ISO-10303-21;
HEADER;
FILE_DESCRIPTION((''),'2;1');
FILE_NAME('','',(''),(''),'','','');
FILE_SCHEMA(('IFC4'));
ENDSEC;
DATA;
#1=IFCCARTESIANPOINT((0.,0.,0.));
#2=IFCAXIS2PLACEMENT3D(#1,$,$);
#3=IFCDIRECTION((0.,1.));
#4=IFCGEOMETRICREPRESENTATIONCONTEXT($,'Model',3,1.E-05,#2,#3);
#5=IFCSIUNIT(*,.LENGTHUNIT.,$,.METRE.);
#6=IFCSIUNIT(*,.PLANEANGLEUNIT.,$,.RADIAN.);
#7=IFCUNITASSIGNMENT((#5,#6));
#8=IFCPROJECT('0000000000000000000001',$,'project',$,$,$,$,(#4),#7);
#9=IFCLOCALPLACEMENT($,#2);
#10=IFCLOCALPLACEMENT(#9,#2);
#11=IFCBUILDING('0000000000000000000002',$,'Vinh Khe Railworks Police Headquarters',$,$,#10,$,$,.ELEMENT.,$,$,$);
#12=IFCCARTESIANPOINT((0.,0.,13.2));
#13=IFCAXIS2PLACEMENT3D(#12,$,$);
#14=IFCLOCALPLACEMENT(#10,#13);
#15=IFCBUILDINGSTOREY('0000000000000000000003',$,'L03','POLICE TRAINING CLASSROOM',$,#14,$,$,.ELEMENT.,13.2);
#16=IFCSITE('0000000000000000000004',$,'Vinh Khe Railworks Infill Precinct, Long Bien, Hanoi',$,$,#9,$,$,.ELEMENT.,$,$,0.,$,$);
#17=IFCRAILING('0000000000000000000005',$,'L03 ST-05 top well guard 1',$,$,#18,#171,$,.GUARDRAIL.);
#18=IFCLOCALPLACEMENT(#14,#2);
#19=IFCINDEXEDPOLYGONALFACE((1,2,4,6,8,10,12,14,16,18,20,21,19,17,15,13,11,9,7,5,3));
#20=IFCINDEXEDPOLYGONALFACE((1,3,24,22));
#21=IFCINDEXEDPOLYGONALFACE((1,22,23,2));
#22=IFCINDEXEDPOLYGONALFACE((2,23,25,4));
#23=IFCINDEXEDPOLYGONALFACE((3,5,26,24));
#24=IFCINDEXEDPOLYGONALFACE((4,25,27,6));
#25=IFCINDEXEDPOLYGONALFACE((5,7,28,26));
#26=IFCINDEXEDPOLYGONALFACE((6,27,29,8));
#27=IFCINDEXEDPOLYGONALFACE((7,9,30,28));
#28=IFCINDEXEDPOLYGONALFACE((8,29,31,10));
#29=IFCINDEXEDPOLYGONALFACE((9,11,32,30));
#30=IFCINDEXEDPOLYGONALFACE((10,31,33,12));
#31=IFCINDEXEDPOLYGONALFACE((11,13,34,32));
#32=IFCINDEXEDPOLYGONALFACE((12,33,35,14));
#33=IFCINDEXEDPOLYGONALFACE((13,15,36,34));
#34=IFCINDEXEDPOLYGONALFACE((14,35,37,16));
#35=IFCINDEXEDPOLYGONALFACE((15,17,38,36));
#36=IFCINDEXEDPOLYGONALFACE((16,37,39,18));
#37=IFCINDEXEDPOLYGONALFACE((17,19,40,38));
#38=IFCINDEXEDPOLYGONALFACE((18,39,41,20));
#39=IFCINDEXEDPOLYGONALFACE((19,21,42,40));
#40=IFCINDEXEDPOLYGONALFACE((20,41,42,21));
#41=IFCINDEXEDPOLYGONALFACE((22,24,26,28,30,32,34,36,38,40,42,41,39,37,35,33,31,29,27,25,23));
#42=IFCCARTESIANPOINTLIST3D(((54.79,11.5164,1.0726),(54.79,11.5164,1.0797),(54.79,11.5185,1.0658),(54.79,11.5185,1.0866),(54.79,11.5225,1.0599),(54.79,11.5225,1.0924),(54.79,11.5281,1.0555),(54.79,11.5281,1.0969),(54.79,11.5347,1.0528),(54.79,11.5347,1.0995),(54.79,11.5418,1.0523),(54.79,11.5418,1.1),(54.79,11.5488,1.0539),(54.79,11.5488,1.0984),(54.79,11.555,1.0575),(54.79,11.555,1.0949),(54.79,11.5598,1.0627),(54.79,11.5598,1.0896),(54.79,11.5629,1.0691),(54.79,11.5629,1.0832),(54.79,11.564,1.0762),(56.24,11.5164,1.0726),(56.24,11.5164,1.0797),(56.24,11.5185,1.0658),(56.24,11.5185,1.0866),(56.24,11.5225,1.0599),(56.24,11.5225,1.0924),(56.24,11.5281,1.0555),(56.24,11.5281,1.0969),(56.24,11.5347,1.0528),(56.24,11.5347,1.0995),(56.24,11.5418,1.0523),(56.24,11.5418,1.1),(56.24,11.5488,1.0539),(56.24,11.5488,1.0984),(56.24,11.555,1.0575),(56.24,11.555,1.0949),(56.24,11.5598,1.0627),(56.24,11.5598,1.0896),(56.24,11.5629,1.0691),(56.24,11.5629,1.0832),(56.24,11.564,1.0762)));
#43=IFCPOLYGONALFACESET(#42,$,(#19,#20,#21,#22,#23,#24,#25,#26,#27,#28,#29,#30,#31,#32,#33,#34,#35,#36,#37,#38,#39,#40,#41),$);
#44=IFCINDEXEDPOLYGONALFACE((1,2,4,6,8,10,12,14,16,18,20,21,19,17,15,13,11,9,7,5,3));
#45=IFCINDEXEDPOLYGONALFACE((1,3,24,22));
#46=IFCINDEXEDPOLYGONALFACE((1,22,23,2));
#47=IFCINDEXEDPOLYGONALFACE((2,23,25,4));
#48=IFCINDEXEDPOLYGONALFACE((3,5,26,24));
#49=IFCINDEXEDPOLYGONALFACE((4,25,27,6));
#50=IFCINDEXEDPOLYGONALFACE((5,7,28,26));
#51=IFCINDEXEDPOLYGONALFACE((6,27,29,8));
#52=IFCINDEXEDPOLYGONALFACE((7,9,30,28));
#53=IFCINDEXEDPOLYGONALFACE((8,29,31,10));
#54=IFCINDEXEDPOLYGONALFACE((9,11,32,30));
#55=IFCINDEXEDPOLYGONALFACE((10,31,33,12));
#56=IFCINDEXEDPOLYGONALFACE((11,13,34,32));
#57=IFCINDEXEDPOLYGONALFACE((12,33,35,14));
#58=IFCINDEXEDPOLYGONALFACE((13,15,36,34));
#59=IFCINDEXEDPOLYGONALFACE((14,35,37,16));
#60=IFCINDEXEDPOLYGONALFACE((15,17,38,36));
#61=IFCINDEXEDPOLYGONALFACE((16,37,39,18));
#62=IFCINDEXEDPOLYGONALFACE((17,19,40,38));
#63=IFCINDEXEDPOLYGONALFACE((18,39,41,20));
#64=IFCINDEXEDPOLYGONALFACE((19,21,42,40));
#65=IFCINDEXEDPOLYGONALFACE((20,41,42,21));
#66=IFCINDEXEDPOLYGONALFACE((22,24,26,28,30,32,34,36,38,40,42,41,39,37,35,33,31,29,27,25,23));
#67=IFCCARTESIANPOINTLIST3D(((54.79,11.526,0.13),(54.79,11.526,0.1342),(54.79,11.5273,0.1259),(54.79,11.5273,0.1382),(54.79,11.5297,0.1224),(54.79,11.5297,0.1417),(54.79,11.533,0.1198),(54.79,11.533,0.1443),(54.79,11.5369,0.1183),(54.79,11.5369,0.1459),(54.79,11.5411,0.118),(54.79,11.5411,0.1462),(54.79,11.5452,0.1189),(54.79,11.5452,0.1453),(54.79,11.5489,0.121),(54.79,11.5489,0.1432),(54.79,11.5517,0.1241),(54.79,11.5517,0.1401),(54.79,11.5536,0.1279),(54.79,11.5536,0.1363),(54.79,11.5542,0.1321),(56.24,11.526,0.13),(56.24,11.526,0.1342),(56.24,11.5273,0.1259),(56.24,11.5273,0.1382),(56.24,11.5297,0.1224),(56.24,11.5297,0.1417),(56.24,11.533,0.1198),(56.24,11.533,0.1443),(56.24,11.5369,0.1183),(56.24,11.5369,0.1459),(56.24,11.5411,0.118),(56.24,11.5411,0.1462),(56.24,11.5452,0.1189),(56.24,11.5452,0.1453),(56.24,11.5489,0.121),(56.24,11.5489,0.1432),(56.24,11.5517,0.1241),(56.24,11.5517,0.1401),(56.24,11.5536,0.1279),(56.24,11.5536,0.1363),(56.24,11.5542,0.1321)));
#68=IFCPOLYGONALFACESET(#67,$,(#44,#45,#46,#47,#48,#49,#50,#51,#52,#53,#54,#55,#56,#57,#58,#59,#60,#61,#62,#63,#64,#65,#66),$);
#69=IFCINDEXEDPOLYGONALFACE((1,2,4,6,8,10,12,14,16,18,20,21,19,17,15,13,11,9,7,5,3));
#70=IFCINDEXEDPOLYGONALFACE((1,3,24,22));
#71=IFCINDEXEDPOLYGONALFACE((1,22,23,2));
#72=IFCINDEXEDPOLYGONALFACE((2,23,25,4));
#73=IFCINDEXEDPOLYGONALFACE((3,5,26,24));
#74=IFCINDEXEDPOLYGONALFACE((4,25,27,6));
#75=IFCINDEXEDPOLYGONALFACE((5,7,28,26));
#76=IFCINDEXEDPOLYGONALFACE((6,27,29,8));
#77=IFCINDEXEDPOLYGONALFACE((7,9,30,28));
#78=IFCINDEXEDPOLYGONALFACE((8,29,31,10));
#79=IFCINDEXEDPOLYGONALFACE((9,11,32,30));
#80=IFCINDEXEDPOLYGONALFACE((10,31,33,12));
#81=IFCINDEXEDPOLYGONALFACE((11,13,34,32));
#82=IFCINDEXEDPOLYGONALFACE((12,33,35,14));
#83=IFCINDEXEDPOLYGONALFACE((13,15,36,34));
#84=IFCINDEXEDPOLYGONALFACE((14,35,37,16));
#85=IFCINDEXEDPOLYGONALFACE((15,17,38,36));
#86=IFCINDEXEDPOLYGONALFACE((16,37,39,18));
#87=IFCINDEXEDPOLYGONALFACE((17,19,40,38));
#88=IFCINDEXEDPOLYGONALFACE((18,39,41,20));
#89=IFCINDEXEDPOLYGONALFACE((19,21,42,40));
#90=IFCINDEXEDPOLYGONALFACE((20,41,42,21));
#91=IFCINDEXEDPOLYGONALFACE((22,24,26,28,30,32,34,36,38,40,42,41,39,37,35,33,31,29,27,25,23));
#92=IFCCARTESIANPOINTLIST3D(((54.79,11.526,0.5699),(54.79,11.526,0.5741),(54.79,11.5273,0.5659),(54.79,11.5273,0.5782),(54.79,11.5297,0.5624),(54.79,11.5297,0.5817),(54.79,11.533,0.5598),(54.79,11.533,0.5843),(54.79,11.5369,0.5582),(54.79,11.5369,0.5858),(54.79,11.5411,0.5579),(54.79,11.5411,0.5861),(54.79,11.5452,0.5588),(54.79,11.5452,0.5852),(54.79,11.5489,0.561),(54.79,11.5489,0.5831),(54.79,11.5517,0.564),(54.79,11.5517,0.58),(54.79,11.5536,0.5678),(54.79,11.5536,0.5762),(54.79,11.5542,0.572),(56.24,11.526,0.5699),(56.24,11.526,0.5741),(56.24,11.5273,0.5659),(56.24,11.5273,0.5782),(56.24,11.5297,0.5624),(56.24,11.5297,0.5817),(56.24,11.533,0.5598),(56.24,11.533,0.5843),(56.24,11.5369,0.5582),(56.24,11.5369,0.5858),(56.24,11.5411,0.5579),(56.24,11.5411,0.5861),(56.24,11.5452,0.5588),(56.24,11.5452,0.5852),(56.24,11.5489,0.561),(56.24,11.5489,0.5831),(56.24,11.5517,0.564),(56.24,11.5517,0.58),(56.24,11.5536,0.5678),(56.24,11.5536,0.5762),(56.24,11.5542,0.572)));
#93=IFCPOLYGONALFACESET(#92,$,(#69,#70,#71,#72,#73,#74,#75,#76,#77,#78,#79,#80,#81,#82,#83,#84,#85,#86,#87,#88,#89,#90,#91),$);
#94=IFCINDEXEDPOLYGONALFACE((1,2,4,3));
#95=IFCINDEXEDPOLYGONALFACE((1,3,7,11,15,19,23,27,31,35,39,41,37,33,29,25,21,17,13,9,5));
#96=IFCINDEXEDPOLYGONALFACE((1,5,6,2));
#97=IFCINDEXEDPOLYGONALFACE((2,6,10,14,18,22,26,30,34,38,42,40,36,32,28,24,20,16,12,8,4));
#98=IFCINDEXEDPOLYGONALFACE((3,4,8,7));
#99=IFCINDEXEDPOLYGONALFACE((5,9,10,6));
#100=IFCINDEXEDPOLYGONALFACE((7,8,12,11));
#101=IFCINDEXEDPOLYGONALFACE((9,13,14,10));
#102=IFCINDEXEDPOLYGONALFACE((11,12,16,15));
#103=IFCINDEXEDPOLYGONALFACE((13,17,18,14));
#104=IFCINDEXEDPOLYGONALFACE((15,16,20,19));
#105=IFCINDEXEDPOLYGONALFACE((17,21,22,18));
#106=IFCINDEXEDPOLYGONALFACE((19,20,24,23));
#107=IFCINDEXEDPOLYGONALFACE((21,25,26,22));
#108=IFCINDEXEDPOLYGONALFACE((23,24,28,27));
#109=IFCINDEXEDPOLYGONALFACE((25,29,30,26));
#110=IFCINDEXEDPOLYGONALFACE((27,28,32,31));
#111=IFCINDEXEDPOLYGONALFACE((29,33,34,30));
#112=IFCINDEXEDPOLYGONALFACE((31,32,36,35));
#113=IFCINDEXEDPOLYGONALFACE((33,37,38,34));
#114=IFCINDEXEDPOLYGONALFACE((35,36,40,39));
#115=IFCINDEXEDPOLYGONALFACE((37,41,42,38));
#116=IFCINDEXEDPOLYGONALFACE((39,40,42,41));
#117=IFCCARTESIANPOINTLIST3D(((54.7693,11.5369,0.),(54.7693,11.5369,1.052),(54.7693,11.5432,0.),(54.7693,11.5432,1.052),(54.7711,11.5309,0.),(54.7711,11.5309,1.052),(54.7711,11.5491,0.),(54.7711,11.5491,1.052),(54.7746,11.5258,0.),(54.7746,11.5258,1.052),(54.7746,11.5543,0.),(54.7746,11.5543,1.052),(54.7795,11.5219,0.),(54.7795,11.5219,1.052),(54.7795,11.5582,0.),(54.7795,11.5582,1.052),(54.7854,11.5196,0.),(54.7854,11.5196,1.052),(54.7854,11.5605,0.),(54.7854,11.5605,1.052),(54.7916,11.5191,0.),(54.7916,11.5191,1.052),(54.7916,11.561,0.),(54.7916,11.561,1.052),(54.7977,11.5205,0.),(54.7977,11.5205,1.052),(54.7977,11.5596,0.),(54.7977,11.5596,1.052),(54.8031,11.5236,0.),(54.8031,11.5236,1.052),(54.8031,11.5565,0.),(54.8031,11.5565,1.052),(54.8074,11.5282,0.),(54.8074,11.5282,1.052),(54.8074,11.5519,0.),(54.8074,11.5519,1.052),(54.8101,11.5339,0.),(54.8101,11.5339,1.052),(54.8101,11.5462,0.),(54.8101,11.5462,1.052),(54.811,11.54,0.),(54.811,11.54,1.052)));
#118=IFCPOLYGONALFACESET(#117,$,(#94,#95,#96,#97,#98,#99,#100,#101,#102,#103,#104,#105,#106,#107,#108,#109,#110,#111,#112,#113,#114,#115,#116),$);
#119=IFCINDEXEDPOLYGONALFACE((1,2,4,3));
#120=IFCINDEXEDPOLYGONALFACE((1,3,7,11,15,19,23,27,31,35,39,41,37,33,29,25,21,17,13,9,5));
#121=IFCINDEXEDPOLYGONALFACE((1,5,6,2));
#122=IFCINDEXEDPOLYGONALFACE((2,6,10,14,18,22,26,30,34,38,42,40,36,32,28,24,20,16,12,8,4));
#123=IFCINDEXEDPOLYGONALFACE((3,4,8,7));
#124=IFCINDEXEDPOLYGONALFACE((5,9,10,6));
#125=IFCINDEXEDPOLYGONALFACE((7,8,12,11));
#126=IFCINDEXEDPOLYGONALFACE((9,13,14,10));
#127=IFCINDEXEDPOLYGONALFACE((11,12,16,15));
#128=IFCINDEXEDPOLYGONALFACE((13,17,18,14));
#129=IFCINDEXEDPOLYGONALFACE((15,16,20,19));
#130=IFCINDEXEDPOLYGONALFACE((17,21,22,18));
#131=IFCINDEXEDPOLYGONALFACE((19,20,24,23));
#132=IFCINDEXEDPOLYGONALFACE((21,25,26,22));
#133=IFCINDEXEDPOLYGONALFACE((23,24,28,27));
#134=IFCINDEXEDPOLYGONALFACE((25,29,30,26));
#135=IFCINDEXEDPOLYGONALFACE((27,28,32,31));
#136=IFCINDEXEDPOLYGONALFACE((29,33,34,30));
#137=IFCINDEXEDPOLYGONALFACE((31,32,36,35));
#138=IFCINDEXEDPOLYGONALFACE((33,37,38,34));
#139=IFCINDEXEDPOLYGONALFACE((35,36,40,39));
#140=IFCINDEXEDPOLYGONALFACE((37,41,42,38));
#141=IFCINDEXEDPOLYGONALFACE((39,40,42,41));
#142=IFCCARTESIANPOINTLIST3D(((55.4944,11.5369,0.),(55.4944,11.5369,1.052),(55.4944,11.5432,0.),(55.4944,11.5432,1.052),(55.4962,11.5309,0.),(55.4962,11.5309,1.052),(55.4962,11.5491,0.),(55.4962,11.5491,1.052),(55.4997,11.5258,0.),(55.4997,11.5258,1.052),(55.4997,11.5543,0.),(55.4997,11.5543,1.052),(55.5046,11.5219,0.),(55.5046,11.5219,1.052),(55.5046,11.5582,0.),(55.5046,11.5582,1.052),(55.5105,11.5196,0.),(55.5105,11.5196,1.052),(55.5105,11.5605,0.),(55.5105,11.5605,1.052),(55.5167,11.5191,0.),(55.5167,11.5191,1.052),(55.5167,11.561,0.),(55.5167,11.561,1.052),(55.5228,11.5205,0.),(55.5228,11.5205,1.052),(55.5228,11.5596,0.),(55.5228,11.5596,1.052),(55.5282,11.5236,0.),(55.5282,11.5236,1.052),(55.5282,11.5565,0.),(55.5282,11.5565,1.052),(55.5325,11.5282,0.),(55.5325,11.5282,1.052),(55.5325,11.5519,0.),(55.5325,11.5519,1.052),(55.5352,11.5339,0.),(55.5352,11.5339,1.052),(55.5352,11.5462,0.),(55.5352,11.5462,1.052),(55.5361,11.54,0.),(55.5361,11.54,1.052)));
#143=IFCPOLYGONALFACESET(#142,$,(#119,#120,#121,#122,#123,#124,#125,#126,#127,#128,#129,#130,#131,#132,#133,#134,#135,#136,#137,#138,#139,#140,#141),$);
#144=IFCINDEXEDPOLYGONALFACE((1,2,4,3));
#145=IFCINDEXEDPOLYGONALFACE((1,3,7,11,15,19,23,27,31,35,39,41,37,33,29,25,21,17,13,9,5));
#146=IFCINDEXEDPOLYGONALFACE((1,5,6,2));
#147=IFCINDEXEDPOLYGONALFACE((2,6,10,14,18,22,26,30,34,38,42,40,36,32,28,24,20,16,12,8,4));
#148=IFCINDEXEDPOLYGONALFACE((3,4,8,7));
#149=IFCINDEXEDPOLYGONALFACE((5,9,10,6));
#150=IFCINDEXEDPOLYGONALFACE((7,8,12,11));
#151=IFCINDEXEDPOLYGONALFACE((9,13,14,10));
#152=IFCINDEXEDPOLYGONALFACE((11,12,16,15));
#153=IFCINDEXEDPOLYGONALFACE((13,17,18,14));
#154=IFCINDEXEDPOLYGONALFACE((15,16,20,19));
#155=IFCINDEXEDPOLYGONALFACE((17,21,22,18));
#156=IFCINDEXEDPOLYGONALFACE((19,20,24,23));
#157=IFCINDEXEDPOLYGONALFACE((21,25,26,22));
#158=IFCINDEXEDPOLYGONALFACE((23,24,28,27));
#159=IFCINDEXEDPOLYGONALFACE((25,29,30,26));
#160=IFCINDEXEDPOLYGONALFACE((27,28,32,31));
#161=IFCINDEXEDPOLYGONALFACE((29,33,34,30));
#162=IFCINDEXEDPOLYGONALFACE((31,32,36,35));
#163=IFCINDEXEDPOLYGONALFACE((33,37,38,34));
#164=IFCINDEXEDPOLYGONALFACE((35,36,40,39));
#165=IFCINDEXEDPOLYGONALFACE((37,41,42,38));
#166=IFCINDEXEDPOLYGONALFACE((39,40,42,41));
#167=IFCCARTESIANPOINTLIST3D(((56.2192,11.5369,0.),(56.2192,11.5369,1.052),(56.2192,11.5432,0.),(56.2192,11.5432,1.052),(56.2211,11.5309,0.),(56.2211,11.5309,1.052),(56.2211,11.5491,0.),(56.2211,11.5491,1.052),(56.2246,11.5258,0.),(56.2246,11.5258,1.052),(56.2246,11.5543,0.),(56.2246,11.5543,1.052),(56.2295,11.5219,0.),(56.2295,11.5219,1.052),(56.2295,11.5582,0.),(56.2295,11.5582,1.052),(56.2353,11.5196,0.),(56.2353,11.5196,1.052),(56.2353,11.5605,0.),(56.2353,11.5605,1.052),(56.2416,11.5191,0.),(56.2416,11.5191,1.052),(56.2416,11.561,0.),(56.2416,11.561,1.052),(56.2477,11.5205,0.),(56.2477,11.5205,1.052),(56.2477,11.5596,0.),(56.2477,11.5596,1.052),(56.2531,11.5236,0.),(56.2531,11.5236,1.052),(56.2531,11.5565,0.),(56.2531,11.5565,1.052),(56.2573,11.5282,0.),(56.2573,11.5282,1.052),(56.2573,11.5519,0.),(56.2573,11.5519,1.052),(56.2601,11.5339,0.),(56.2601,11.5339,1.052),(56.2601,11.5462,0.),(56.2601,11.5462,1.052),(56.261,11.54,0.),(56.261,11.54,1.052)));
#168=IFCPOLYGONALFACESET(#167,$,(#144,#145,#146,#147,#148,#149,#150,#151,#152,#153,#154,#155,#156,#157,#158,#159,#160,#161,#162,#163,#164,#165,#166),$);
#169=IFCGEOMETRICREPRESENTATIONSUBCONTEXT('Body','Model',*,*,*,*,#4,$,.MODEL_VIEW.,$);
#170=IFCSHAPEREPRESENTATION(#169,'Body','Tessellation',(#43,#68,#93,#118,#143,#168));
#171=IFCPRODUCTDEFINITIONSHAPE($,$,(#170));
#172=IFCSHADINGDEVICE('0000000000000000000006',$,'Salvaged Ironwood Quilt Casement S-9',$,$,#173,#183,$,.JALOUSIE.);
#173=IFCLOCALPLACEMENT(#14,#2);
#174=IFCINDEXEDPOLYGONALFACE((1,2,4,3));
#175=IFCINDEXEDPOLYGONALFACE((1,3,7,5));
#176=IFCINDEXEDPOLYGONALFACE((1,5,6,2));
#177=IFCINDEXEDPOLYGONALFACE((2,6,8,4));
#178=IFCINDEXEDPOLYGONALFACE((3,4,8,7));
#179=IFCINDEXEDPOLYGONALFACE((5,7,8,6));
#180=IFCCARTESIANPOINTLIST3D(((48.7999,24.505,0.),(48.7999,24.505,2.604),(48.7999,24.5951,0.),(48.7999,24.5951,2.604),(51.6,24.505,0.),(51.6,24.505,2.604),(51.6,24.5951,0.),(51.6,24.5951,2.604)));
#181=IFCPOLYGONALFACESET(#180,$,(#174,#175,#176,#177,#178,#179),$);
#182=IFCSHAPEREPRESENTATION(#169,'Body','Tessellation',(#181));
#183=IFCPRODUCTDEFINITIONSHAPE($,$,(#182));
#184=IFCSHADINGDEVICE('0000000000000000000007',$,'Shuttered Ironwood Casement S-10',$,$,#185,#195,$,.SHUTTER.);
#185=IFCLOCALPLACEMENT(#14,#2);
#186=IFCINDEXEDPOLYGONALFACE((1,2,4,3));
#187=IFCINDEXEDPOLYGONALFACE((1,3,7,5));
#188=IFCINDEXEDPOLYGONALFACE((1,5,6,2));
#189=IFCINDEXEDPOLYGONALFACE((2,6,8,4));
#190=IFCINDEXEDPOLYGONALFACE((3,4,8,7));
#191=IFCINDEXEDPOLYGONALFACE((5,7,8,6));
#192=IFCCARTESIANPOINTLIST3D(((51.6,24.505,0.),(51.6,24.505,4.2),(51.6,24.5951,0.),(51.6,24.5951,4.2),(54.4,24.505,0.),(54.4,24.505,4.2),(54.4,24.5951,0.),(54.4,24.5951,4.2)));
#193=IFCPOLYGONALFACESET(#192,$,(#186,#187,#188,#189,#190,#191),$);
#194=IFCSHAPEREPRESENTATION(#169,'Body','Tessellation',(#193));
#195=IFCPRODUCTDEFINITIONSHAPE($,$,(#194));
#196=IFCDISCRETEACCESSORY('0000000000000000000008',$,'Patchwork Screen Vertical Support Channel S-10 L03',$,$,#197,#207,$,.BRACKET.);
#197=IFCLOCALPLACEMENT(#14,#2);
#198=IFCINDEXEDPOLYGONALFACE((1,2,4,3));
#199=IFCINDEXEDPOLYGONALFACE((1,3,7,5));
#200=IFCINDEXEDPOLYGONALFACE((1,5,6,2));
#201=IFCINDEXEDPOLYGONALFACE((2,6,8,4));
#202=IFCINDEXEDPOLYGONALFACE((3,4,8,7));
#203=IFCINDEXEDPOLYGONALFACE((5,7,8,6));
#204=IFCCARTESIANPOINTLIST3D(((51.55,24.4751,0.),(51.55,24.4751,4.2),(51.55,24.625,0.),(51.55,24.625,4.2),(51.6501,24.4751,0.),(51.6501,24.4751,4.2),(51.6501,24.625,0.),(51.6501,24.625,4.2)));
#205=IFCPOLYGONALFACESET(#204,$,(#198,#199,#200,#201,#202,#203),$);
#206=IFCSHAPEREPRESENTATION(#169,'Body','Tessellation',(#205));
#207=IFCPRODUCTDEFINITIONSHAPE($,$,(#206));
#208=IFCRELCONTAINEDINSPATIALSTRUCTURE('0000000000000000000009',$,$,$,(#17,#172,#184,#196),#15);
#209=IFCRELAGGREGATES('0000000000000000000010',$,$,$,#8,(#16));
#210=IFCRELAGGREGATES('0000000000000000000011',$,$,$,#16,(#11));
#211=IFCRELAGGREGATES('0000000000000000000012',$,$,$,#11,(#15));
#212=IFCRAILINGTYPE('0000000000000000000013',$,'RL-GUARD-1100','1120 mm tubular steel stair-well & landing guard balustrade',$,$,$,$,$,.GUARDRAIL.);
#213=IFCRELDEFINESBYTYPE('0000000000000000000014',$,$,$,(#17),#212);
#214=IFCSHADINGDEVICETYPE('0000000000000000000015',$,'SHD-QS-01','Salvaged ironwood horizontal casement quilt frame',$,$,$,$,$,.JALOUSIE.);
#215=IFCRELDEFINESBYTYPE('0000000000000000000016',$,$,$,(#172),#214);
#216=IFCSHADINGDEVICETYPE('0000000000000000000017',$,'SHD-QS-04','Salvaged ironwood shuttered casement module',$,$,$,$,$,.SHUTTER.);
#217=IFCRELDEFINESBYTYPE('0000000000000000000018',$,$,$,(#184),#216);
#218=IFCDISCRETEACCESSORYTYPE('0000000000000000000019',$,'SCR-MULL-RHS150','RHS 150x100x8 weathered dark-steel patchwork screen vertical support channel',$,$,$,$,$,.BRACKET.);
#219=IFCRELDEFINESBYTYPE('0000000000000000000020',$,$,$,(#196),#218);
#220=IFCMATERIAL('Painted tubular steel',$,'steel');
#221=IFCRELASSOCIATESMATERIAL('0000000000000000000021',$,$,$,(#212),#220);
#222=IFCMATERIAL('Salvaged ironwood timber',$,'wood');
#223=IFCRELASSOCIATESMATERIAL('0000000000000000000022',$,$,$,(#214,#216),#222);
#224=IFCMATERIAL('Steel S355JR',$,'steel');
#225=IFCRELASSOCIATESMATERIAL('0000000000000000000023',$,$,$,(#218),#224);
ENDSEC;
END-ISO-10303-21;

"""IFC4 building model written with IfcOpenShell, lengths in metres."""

from ifc_helpers import new_model, si_unit, direction, frame, origin, origin_2d, place, context, subcontext, project, spatial, rectangle, circle, extrude, material, type_object, element, save


model = new_model("IFC4")

# Units and contexts
model_context = context("Model", 3, precision=1e-05, world=origin(), true_north=direction((0.0, 1.0)))
body_context = subcontext(model_context, "Body", "Model", "MODEL_VIEW")
ifc_project = project(units=[si_unit("LENGTHUNIT", "METRE"), si_unit("PLANEANGLEUNIT", "RADIAN")], contexts=[model_context])

# Site, building, storey
site_placement = place(None, origin())
site = spatial("IfcSite", under=ifc_project, at=site_placement, Name="Vinh Khe Railworks Infill Precinct, Long Bien, Hanoi", CompositionType="ELEMENT", RefElevation=0.0)
building_placement = place(site_placement, origin())
building = spatial("IfcBuilding", under=site, at=building_placement, Name="Vinh Khe Railworks Police Headquarters", CompositionType="ELEMENT")
storey_placement = place(building_placement, frame((0.0, 0.0, 13.2)))
storey = spatial("IfcBuildingStorey", under=building, at=storey_placement, Name="L03", Description="POLICE TRAINING CLASSROOM", CompositionType="ELEMENT", Elevation=13.2)

# Shared definitions
ifc_material_1 = material(Name="Steel S355JR", Category="steel")

# Shared definitions
ifc_material_2 = material(Name="Salvaged ironwood timber", Category="wood")

# Railing
ifc_material_3 = material(Name="Painted tubular steel", Category="steel")
railing_type = type_object("IfcRailingType", Name="RL-GUARD-1100", Description="1120 mm tubular steel stair-well & landing guard balustrade", PredefinedType="GUARDRAIL", material=ifc_material_3)
railing_placement = place(storey_placement, frame((54.79, 11.54, 0.0)))
element("IfcRailing", 1, at=railing_placement, inside=storey, type_object=railing_type, Name="L03 ST-05 top well guard 1", PredefinedType="GUARDRAIL", context=body_context, shape_type="SweptSolid", body=[
    extrude(circle(Radius=0.0239, at=origin_2d()), frame((0.0, 0.0, 1.0762), z_axis=(1.0, 0.0, 0.0), x_axis=(0.0, 1.0, 0.0)), (0.0, 0.0, 1.0), 1.45),
    extrude(circle(Radius=0.0142, at=origin_2d()), frame((0.0, 0.0, 0.1321), z_axis=(1.0, 0.0, 0.0), x_axis=(0.0, 1.0, 0.0)), (0.0, 0.0, 1.0), 1.45),
    extrude(circle(Radius=0.0142, at=origin_2d()), frame((0.0, 0.0, 0.572), z_axis=(1.0, 0.0, 0.0), x_axis=(0.0, 1.0, 0.0)), (0.0, 0.0, 1.0), 1.45),
    extrude(circle(Radius=0.021, at=origin_2d()), origin(), (0.0, 0.0, 1.0), 1.052),
    extrude(circle(Radius=0.021, at=origin_2d()), frame((0.7251, 0.0, 0.0)), (0.0, 0.0, 1.0), 1.052),
    extrude(circle(Radius=0.021, at=origin_2d()), frame((1.45, 0.0, 0.0)), (0.0, 0.0, 1.0), 1.052),
])

# Shading devices
shading_device_type_1 = type_object("IfcShadingDeviceType", Name="SHD-QS-01", Description="Salvaged ironwood horizontal casement quilt frame", PredefinedType="JALOUSIE", material=ifc_material_2)
shading_device_1_placement = place(storey_placement, frame((50.2, 24.55, 0.0), z_axis=(0.0, 0.0, 1.0), x_axis=(1.0, 0.0, 0.0)))
element("IfcShadingDevice", 2, at=shading_device_1_placement, inside=storey, type_object=shading_device_type_1, Name="Salvaged Ironwood Quilt Casement S-9", PredefinedType="JALOUSIE", context=body_context, shape_type="SweptSolid", body=[
    extrude(rectangle(XDim=2.8, YDim=0.0901, at=origin_2d()), origin(), (0.0, 0.0, 1.0), 2.604),
])
shading_device_type_2 = type_object("IfcShadingDeviceType", Name="SHD-QS-04", Description="Salvaged ironwood shuttered casement module", PredefinedType="SHUTTER", material=ifc_material_2)
shading_device_2_placement = place(storey_placement, frame((53.0, 24.55, 0.0), z_axis=(0.0, 0.0, 1.0), x_axis=(1.0, 0.0, 0.0)))
element("IfcShadingDevice", 3, at=shading_device_2_placement, inside=storey, type_object=shading_device_type_2, Name="Shuttered Ironwood Casement S-10", PredefinedType="SHUTTER", context=body_context, shape_type="SweptSolid", body=[
    extrude(rectangle(XDim=2.8, YDim=0.0901, at=origin_2d()), origin(), (0.0, 0.0, 1.0), 4.2),
])

# Discrete accessory
discrete_accessory_type = type_object("IfcDiscreteAccessoryType", Name="SCR-MULL-RHS150", Description="RHS 150x100x8 weathered dark-steel patchwork screen vertical support channel", PredefinedType="BRACKET", material=ifc_material_1)
for number, where, z_axis, x_axis, name in (
    (4, (51.6001, 24.55, 0.0), (0.0, 0.0, 1.0), (1.0, 0.0, 0.0), "Patchwork Screen Vertical Support Channel S-10 L03"),
):
    element("IfcDiscreteAccessory", number, at=place(storey_placement, frame(where, z_axis=z_axis, x_axis=x_axis)), inside=storey, type_object=discrete_accessory_type, Name=name, PredefinedType="BRACKET", context=body_context, shape_type="SweptSolid", body=[
        extrude(rectangle(XDim=0.1001, YDim=0.1499, at=origin_2d()), origin(), (0.0, 0.0, 1.0), 4.2),
    ])

save(model, "model.ifc")
